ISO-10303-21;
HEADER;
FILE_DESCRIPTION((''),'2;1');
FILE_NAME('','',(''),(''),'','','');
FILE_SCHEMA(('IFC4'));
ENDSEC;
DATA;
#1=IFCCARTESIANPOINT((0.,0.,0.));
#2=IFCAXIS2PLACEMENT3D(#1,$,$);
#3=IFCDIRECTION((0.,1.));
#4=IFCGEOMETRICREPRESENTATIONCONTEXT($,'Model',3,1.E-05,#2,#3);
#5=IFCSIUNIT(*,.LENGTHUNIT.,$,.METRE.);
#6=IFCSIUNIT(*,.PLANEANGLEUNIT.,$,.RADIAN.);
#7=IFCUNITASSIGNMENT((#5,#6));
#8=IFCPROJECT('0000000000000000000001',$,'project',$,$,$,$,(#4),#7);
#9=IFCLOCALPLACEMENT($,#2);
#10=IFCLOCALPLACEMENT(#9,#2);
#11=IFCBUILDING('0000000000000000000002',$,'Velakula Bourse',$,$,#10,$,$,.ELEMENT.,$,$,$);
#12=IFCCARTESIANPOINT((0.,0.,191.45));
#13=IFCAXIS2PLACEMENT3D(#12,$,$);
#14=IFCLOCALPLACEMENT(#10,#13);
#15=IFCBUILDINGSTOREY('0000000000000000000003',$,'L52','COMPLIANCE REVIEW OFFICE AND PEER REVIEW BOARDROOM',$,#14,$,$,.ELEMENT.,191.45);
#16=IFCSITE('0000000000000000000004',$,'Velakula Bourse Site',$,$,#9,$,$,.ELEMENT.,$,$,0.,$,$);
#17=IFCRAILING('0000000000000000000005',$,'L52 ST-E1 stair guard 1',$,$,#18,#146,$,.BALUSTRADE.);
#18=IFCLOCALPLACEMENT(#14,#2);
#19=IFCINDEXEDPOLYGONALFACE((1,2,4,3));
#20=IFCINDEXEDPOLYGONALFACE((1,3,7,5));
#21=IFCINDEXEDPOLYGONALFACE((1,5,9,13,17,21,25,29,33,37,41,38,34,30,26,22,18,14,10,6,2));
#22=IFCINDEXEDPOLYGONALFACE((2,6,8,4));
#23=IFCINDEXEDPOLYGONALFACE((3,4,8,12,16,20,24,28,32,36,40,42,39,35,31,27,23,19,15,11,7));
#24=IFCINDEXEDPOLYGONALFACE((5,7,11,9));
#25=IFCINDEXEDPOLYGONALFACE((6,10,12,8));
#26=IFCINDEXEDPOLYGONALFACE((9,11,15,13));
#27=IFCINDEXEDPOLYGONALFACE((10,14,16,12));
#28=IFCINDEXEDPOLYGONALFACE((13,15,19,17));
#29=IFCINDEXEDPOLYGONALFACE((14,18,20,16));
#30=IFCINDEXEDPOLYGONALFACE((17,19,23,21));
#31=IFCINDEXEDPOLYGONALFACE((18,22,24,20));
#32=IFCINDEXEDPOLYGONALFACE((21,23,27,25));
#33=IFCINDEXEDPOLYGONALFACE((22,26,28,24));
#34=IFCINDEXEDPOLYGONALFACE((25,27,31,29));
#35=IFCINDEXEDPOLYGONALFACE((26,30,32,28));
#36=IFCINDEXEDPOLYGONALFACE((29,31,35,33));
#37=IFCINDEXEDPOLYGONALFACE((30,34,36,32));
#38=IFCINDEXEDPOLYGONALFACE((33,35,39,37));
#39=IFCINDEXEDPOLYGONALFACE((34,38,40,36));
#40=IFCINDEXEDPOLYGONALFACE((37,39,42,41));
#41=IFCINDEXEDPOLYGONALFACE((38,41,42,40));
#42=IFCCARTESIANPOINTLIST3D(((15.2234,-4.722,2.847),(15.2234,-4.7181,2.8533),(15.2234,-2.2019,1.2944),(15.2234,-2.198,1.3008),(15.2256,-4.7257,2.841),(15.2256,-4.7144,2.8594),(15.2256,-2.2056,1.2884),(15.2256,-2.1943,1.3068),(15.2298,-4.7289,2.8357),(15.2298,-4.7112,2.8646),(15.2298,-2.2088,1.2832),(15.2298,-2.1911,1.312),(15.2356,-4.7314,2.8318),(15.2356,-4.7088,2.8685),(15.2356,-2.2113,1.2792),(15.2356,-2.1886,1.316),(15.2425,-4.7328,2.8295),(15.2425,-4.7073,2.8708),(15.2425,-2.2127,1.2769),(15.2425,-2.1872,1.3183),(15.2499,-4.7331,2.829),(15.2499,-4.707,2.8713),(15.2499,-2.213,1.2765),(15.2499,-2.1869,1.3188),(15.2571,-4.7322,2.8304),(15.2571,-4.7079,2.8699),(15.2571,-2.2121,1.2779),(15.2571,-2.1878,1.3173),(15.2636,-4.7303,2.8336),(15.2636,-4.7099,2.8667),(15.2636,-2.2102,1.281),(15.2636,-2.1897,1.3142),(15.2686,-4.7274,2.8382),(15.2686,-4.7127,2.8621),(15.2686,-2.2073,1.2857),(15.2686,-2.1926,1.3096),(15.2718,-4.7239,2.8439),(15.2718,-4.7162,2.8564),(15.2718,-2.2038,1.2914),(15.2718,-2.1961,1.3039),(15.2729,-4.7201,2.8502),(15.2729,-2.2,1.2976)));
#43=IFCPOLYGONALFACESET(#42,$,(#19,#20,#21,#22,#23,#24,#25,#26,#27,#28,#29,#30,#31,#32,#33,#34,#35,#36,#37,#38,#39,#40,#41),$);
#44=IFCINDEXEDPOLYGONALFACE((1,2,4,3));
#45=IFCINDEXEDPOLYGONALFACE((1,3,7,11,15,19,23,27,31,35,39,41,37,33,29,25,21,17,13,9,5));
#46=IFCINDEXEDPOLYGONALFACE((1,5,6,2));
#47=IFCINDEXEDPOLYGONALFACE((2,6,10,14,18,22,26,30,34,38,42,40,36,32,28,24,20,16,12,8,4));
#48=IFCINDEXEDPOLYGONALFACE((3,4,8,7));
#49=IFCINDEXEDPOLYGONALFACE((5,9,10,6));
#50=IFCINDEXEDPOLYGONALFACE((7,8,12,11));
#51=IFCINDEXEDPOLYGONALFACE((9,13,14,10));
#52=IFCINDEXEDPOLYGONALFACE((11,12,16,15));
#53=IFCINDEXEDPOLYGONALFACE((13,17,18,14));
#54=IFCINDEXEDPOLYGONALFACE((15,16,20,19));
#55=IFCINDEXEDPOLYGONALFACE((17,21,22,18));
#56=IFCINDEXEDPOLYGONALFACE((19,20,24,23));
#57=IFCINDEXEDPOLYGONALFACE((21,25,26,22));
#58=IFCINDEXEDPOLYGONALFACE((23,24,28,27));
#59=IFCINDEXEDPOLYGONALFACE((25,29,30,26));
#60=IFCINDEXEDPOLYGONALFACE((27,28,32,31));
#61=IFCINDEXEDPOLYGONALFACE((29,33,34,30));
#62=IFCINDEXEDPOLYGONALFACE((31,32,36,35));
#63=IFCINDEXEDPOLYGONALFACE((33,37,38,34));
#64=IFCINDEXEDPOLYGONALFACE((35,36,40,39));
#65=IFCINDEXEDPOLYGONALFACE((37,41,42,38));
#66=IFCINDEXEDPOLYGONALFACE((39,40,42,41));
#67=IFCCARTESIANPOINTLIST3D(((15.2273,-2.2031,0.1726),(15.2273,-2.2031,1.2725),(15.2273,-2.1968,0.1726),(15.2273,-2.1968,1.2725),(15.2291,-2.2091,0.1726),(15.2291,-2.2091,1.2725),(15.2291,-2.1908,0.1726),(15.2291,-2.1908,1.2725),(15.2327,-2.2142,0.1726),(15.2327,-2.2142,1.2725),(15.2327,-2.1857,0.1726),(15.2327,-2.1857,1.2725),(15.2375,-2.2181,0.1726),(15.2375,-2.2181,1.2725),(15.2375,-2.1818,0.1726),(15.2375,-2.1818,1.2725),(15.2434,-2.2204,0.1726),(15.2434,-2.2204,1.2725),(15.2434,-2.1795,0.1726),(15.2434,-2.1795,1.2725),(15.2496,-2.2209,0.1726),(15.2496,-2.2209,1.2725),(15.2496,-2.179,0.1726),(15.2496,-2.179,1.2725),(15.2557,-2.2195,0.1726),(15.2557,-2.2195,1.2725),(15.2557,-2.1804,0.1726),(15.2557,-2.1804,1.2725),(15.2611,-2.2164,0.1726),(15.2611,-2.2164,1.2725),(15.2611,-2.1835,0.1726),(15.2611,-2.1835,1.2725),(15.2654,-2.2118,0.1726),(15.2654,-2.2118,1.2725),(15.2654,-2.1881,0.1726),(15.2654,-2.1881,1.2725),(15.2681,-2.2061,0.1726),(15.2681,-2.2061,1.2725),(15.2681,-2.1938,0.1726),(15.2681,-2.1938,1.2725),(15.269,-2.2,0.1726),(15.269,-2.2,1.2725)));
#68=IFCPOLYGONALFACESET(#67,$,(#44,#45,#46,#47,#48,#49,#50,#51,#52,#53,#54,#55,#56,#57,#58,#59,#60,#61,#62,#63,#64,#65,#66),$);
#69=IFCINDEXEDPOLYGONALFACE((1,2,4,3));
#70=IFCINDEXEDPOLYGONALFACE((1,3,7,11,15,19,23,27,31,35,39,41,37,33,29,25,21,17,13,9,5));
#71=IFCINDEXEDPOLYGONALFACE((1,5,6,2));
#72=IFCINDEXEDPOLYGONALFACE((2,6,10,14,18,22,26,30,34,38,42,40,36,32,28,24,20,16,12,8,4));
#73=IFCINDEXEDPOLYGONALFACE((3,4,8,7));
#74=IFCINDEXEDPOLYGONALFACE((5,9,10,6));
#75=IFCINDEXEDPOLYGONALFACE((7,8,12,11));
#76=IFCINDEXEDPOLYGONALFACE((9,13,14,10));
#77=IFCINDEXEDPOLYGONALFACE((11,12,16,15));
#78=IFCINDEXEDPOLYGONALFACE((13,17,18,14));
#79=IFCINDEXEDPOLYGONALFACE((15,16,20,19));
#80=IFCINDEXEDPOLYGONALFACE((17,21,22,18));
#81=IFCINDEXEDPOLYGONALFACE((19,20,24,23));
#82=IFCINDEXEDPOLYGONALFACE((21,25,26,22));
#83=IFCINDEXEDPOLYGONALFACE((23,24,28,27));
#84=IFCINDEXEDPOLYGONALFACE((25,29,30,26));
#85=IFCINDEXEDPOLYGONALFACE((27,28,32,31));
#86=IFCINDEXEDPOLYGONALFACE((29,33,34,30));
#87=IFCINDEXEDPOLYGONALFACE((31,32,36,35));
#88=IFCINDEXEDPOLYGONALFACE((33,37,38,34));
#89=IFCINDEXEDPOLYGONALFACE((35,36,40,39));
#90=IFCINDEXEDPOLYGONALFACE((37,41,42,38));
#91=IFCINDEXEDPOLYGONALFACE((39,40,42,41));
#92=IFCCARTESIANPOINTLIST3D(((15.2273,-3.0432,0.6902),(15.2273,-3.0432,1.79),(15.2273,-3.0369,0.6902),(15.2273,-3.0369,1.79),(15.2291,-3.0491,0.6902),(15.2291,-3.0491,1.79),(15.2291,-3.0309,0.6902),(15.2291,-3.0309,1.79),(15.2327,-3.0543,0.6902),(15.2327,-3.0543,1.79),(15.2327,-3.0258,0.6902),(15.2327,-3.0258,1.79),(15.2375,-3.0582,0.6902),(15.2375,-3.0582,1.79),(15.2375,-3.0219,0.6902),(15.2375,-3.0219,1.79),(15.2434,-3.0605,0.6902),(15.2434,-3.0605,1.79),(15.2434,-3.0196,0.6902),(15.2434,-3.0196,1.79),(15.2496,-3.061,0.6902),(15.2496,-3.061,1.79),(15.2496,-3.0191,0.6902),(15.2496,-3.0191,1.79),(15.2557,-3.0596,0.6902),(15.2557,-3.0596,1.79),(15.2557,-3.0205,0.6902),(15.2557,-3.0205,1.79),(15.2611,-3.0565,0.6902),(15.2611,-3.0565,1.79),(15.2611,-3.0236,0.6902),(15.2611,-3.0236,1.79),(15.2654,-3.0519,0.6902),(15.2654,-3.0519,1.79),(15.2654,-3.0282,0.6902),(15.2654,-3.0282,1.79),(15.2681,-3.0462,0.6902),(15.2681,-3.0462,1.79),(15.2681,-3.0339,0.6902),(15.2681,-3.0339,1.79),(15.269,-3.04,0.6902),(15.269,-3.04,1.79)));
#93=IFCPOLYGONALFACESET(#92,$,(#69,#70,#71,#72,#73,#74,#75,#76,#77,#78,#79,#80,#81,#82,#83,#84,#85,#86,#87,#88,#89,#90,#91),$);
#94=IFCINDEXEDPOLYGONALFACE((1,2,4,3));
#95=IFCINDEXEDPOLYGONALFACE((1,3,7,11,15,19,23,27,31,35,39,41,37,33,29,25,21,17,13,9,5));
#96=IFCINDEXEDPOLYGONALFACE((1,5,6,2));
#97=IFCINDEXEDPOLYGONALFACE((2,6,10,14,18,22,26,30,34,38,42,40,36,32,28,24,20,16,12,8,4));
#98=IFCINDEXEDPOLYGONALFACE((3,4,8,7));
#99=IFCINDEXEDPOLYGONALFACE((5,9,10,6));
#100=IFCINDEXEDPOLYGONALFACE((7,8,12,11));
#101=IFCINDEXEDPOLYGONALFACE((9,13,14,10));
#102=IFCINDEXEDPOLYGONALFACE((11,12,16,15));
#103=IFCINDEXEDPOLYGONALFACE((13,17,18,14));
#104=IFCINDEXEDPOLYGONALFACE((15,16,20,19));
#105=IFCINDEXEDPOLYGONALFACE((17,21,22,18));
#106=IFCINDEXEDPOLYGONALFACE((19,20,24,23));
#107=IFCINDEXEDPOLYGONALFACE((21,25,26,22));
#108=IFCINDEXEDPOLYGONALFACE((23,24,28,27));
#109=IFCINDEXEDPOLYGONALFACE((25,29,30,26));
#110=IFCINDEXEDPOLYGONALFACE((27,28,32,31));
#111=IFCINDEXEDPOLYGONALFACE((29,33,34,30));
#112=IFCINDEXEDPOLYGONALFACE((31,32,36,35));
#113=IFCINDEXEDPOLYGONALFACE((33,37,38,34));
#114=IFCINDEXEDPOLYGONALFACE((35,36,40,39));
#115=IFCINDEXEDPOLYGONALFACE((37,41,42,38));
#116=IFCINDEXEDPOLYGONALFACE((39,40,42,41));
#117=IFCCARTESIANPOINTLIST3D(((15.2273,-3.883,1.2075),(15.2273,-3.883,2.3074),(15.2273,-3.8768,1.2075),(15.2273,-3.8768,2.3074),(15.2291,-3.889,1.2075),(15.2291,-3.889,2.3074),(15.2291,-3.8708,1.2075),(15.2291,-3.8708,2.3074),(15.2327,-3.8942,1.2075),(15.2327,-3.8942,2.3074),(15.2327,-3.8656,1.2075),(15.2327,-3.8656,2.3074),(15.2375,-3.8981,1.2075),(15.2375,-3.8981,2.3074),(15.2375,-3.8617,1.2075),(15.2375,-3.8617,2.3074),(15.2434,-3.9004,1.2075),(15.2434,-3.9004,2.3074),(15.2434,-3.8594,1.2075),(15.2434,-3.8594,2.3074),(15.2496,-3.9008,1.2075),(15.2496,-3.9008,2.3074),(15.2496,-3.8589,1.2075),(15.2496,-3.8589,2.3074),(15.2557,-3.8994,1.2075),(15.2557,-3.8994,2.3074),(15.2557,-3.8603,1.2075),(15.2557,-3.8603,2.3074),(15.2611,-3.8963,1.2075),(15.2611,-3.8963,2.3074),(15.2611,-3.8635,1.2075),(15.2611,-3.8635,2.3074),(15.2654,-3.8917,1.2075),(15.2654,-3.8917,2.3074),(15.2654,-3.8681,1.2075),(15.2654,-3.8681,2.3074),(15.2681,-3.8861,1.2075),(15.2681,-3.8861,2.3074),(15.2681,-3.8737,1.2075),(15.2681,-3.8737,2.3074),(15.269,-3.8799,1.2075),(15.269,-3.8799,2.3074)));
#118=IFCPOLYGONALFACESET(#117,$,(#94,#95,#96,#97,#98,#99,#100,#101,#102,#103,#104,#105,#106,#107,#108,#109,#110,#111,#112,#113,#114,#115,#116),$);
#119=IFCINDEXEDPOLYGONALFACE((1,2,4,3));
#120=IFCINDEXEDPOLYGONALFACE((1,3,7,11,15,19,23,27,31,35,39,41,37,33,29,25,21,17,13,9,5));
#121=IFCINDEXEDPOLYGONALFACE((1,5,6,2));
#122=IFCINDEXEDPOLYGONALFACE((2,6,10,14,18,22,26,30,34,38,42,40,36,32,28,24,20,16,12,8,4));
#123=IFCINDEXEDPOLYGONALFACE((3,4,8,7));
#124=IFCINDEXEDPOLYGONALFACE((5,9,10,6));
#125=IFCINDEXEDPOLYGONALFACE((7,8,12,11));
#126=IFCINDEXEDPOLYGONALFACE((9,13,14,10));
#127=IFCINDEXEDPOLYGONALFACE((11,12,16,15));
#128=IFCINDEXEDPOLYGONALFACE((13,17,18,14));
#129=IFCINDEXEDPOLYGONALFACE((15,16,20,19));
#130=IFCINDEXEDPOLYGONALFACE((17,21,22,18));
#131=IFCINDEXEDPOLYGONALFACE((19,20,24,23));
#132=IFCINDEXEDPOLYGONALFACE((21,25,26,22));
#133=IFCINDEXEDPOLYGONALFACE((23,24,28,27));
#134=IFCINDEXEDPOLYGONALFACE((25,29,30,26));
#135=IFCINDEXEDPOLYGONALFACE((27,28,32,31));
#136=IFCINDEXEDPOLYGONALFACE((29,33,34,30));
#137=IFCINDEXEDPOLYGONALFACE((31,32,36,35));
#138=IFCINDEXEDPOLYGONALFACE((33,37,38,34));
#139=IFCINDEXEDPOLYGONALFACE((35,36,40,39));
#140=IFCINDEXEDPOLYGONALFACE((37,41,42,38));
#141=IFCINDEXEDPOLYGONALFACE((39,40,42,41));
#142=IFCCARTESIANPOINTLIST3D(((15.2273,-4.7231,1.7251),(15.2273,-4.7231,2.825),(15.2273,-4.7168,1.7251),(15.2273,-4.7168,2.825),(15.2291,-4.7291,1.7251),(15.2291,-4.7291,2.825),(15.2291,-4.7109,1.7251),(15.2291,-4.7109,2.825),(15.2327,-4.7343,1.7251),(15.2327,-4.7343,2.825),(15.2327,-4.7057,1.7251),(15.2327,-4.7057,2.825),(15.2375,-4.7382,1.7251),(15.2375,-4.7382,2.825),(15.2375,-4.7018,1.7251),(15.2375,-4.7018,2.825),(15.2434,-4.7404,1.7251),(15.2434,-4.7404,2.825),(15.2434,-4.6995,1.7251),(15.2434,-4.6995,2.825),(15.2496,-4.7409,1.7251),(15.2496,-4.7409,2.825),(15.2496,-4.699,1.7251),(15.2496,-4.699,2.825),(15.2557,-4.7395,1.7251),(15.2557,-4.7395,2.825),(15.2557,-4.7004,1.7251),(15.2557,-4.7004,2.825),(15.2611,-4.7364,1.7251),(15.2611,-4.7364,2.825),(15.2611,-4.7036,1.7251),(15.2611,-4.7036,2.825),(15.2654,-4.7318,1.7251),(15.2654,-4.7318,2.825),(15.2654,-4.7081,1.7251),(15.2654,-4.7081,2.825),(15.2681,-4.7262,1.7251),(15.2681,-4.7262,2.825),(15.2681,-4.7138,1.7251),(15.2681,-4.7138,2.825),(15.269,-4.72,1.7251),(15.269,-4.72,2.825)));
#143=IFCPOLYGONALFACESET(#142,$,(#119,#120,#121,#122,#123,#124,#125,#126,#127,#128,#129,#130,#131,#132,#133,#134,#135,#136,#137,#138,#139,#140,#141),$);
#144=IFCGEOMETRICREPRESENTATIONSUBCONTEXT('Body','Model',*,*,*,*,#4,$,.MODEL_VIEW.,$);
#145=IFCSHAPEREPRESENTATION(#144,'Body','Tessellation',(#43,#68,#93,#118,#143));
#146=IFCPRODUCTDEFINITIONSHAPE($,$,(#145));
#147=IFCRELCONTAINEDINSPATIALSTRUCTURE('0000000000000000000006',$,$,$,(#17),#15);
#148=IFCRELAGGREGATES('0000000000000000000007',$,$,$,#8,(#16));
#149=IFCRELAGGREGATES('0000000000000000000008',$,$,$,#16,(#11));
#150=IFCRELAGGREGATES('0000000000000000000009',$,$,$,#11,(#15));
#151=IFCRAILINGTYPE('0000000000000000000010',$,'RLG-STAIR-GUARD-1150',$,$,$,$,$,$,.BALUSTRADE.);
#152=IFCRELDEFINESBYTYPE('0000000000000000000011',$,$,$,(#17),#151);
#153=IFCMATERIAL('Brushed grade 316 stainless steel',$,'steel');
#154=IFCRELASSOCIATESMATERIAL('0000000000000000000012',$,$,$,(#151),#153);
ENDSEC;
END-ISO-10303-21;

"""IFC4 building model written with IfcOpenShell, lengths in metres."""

from ifc_helpers import new_model, si_unit, direction, frame, origin, origin_2d, place, context, subcontext, project, spatial, circle, extrude, material, type_object, element, save


model = new_model("IFC4")

# Units and contexts
model_context = context("Model", 3, precision=1e-05, world=origin(), true_north=direction((0.0, 1.0)))
body_context = subcontext(model_context, "Body", "Model", "MODEL_VIEW")
ifc_project = project(units=[si_unit("LENGTHUNIT", "METRE"), si_unit("PLANEANGLEUNIT", "RADIAN")], contexts=[model_context])

# Site, building, storey
site_placement = place(None, origin())
site = spatial("IfcSite", under=ifc_project, at=site_placement, Name="Velakula Bourse Site", CompositionType="ELEMENT", RefElevation=0.0)
building_placement = place(site_placement, origin())
building = spatial("IfcBuilding", under=site, at=building_placement, Name="Velakula Bourse", CompositionType="ELEMENT")
storey_placement = place(building_placement, frame((0.0, 0.0, 191.45)))
storey = spatial("IfcBuildingStorey", under=building, at=storey_placement, Name="L52", Description="COMPLIANCE REVIEW OFFICE AND PEER REVIEW BOARDROOM", CompositionType="ELEMENT", Elevation=191.45)

# Shared definitions
ifc_material_1 = material(Name="Brushed grade 316 stainless steel", Category="steel")

# Railing
railing_type_1 = type_object("IfcRailingType", Name="RLG-STAIR-GUARD-1150", PredefinedType="BALUSTRADE", material=ifc_material_1)
railing_1_placement = place(storey_placement, frame((15.248, -2.2, 0.1726)))
element("IfcRailing", 1, at=railing_1_placement, inside=storey, type_object=railing_type_1, Name="L52 ST-E1 stair guard 1", PredefinedType="BALUSTRADE", context=body_context, shape_type="SweptSolid", body=[
    extrude(circle(Radius=0.0249, at=origin_2d()), frame((0.0, 0.0, 1.125), z_axis=(0.0, -0.8514, 0.524516), x_axis=(1.0, 0.0, 0.0)), (0.0, 0.0, 1.0), 2.96),
    extrude(circle(Radius=0.021, at=origin_2d()), origin(), (0.0, 0.0, 1.0), 1.0999),
    extrude(circle(Radius=0.021, at=origin_2d()), frame((0.0, -0.8401, 0.5176)), (0.0, 0.0, 1.0), 1.0999),
    extrude(circle(Radius=0.021, at=origin_2d()), frame((0.0, -1.6799, 1.0349)), (0.0, 0.0, 1.0), 1.0999),
    extrude(circle(Radius=0.021, at=origin_2d()), frame((0.0, -2.52, 1.5525)), (0.0, 0.0, 1.0), 1.0999),
])

save(model, "model.ifc")
